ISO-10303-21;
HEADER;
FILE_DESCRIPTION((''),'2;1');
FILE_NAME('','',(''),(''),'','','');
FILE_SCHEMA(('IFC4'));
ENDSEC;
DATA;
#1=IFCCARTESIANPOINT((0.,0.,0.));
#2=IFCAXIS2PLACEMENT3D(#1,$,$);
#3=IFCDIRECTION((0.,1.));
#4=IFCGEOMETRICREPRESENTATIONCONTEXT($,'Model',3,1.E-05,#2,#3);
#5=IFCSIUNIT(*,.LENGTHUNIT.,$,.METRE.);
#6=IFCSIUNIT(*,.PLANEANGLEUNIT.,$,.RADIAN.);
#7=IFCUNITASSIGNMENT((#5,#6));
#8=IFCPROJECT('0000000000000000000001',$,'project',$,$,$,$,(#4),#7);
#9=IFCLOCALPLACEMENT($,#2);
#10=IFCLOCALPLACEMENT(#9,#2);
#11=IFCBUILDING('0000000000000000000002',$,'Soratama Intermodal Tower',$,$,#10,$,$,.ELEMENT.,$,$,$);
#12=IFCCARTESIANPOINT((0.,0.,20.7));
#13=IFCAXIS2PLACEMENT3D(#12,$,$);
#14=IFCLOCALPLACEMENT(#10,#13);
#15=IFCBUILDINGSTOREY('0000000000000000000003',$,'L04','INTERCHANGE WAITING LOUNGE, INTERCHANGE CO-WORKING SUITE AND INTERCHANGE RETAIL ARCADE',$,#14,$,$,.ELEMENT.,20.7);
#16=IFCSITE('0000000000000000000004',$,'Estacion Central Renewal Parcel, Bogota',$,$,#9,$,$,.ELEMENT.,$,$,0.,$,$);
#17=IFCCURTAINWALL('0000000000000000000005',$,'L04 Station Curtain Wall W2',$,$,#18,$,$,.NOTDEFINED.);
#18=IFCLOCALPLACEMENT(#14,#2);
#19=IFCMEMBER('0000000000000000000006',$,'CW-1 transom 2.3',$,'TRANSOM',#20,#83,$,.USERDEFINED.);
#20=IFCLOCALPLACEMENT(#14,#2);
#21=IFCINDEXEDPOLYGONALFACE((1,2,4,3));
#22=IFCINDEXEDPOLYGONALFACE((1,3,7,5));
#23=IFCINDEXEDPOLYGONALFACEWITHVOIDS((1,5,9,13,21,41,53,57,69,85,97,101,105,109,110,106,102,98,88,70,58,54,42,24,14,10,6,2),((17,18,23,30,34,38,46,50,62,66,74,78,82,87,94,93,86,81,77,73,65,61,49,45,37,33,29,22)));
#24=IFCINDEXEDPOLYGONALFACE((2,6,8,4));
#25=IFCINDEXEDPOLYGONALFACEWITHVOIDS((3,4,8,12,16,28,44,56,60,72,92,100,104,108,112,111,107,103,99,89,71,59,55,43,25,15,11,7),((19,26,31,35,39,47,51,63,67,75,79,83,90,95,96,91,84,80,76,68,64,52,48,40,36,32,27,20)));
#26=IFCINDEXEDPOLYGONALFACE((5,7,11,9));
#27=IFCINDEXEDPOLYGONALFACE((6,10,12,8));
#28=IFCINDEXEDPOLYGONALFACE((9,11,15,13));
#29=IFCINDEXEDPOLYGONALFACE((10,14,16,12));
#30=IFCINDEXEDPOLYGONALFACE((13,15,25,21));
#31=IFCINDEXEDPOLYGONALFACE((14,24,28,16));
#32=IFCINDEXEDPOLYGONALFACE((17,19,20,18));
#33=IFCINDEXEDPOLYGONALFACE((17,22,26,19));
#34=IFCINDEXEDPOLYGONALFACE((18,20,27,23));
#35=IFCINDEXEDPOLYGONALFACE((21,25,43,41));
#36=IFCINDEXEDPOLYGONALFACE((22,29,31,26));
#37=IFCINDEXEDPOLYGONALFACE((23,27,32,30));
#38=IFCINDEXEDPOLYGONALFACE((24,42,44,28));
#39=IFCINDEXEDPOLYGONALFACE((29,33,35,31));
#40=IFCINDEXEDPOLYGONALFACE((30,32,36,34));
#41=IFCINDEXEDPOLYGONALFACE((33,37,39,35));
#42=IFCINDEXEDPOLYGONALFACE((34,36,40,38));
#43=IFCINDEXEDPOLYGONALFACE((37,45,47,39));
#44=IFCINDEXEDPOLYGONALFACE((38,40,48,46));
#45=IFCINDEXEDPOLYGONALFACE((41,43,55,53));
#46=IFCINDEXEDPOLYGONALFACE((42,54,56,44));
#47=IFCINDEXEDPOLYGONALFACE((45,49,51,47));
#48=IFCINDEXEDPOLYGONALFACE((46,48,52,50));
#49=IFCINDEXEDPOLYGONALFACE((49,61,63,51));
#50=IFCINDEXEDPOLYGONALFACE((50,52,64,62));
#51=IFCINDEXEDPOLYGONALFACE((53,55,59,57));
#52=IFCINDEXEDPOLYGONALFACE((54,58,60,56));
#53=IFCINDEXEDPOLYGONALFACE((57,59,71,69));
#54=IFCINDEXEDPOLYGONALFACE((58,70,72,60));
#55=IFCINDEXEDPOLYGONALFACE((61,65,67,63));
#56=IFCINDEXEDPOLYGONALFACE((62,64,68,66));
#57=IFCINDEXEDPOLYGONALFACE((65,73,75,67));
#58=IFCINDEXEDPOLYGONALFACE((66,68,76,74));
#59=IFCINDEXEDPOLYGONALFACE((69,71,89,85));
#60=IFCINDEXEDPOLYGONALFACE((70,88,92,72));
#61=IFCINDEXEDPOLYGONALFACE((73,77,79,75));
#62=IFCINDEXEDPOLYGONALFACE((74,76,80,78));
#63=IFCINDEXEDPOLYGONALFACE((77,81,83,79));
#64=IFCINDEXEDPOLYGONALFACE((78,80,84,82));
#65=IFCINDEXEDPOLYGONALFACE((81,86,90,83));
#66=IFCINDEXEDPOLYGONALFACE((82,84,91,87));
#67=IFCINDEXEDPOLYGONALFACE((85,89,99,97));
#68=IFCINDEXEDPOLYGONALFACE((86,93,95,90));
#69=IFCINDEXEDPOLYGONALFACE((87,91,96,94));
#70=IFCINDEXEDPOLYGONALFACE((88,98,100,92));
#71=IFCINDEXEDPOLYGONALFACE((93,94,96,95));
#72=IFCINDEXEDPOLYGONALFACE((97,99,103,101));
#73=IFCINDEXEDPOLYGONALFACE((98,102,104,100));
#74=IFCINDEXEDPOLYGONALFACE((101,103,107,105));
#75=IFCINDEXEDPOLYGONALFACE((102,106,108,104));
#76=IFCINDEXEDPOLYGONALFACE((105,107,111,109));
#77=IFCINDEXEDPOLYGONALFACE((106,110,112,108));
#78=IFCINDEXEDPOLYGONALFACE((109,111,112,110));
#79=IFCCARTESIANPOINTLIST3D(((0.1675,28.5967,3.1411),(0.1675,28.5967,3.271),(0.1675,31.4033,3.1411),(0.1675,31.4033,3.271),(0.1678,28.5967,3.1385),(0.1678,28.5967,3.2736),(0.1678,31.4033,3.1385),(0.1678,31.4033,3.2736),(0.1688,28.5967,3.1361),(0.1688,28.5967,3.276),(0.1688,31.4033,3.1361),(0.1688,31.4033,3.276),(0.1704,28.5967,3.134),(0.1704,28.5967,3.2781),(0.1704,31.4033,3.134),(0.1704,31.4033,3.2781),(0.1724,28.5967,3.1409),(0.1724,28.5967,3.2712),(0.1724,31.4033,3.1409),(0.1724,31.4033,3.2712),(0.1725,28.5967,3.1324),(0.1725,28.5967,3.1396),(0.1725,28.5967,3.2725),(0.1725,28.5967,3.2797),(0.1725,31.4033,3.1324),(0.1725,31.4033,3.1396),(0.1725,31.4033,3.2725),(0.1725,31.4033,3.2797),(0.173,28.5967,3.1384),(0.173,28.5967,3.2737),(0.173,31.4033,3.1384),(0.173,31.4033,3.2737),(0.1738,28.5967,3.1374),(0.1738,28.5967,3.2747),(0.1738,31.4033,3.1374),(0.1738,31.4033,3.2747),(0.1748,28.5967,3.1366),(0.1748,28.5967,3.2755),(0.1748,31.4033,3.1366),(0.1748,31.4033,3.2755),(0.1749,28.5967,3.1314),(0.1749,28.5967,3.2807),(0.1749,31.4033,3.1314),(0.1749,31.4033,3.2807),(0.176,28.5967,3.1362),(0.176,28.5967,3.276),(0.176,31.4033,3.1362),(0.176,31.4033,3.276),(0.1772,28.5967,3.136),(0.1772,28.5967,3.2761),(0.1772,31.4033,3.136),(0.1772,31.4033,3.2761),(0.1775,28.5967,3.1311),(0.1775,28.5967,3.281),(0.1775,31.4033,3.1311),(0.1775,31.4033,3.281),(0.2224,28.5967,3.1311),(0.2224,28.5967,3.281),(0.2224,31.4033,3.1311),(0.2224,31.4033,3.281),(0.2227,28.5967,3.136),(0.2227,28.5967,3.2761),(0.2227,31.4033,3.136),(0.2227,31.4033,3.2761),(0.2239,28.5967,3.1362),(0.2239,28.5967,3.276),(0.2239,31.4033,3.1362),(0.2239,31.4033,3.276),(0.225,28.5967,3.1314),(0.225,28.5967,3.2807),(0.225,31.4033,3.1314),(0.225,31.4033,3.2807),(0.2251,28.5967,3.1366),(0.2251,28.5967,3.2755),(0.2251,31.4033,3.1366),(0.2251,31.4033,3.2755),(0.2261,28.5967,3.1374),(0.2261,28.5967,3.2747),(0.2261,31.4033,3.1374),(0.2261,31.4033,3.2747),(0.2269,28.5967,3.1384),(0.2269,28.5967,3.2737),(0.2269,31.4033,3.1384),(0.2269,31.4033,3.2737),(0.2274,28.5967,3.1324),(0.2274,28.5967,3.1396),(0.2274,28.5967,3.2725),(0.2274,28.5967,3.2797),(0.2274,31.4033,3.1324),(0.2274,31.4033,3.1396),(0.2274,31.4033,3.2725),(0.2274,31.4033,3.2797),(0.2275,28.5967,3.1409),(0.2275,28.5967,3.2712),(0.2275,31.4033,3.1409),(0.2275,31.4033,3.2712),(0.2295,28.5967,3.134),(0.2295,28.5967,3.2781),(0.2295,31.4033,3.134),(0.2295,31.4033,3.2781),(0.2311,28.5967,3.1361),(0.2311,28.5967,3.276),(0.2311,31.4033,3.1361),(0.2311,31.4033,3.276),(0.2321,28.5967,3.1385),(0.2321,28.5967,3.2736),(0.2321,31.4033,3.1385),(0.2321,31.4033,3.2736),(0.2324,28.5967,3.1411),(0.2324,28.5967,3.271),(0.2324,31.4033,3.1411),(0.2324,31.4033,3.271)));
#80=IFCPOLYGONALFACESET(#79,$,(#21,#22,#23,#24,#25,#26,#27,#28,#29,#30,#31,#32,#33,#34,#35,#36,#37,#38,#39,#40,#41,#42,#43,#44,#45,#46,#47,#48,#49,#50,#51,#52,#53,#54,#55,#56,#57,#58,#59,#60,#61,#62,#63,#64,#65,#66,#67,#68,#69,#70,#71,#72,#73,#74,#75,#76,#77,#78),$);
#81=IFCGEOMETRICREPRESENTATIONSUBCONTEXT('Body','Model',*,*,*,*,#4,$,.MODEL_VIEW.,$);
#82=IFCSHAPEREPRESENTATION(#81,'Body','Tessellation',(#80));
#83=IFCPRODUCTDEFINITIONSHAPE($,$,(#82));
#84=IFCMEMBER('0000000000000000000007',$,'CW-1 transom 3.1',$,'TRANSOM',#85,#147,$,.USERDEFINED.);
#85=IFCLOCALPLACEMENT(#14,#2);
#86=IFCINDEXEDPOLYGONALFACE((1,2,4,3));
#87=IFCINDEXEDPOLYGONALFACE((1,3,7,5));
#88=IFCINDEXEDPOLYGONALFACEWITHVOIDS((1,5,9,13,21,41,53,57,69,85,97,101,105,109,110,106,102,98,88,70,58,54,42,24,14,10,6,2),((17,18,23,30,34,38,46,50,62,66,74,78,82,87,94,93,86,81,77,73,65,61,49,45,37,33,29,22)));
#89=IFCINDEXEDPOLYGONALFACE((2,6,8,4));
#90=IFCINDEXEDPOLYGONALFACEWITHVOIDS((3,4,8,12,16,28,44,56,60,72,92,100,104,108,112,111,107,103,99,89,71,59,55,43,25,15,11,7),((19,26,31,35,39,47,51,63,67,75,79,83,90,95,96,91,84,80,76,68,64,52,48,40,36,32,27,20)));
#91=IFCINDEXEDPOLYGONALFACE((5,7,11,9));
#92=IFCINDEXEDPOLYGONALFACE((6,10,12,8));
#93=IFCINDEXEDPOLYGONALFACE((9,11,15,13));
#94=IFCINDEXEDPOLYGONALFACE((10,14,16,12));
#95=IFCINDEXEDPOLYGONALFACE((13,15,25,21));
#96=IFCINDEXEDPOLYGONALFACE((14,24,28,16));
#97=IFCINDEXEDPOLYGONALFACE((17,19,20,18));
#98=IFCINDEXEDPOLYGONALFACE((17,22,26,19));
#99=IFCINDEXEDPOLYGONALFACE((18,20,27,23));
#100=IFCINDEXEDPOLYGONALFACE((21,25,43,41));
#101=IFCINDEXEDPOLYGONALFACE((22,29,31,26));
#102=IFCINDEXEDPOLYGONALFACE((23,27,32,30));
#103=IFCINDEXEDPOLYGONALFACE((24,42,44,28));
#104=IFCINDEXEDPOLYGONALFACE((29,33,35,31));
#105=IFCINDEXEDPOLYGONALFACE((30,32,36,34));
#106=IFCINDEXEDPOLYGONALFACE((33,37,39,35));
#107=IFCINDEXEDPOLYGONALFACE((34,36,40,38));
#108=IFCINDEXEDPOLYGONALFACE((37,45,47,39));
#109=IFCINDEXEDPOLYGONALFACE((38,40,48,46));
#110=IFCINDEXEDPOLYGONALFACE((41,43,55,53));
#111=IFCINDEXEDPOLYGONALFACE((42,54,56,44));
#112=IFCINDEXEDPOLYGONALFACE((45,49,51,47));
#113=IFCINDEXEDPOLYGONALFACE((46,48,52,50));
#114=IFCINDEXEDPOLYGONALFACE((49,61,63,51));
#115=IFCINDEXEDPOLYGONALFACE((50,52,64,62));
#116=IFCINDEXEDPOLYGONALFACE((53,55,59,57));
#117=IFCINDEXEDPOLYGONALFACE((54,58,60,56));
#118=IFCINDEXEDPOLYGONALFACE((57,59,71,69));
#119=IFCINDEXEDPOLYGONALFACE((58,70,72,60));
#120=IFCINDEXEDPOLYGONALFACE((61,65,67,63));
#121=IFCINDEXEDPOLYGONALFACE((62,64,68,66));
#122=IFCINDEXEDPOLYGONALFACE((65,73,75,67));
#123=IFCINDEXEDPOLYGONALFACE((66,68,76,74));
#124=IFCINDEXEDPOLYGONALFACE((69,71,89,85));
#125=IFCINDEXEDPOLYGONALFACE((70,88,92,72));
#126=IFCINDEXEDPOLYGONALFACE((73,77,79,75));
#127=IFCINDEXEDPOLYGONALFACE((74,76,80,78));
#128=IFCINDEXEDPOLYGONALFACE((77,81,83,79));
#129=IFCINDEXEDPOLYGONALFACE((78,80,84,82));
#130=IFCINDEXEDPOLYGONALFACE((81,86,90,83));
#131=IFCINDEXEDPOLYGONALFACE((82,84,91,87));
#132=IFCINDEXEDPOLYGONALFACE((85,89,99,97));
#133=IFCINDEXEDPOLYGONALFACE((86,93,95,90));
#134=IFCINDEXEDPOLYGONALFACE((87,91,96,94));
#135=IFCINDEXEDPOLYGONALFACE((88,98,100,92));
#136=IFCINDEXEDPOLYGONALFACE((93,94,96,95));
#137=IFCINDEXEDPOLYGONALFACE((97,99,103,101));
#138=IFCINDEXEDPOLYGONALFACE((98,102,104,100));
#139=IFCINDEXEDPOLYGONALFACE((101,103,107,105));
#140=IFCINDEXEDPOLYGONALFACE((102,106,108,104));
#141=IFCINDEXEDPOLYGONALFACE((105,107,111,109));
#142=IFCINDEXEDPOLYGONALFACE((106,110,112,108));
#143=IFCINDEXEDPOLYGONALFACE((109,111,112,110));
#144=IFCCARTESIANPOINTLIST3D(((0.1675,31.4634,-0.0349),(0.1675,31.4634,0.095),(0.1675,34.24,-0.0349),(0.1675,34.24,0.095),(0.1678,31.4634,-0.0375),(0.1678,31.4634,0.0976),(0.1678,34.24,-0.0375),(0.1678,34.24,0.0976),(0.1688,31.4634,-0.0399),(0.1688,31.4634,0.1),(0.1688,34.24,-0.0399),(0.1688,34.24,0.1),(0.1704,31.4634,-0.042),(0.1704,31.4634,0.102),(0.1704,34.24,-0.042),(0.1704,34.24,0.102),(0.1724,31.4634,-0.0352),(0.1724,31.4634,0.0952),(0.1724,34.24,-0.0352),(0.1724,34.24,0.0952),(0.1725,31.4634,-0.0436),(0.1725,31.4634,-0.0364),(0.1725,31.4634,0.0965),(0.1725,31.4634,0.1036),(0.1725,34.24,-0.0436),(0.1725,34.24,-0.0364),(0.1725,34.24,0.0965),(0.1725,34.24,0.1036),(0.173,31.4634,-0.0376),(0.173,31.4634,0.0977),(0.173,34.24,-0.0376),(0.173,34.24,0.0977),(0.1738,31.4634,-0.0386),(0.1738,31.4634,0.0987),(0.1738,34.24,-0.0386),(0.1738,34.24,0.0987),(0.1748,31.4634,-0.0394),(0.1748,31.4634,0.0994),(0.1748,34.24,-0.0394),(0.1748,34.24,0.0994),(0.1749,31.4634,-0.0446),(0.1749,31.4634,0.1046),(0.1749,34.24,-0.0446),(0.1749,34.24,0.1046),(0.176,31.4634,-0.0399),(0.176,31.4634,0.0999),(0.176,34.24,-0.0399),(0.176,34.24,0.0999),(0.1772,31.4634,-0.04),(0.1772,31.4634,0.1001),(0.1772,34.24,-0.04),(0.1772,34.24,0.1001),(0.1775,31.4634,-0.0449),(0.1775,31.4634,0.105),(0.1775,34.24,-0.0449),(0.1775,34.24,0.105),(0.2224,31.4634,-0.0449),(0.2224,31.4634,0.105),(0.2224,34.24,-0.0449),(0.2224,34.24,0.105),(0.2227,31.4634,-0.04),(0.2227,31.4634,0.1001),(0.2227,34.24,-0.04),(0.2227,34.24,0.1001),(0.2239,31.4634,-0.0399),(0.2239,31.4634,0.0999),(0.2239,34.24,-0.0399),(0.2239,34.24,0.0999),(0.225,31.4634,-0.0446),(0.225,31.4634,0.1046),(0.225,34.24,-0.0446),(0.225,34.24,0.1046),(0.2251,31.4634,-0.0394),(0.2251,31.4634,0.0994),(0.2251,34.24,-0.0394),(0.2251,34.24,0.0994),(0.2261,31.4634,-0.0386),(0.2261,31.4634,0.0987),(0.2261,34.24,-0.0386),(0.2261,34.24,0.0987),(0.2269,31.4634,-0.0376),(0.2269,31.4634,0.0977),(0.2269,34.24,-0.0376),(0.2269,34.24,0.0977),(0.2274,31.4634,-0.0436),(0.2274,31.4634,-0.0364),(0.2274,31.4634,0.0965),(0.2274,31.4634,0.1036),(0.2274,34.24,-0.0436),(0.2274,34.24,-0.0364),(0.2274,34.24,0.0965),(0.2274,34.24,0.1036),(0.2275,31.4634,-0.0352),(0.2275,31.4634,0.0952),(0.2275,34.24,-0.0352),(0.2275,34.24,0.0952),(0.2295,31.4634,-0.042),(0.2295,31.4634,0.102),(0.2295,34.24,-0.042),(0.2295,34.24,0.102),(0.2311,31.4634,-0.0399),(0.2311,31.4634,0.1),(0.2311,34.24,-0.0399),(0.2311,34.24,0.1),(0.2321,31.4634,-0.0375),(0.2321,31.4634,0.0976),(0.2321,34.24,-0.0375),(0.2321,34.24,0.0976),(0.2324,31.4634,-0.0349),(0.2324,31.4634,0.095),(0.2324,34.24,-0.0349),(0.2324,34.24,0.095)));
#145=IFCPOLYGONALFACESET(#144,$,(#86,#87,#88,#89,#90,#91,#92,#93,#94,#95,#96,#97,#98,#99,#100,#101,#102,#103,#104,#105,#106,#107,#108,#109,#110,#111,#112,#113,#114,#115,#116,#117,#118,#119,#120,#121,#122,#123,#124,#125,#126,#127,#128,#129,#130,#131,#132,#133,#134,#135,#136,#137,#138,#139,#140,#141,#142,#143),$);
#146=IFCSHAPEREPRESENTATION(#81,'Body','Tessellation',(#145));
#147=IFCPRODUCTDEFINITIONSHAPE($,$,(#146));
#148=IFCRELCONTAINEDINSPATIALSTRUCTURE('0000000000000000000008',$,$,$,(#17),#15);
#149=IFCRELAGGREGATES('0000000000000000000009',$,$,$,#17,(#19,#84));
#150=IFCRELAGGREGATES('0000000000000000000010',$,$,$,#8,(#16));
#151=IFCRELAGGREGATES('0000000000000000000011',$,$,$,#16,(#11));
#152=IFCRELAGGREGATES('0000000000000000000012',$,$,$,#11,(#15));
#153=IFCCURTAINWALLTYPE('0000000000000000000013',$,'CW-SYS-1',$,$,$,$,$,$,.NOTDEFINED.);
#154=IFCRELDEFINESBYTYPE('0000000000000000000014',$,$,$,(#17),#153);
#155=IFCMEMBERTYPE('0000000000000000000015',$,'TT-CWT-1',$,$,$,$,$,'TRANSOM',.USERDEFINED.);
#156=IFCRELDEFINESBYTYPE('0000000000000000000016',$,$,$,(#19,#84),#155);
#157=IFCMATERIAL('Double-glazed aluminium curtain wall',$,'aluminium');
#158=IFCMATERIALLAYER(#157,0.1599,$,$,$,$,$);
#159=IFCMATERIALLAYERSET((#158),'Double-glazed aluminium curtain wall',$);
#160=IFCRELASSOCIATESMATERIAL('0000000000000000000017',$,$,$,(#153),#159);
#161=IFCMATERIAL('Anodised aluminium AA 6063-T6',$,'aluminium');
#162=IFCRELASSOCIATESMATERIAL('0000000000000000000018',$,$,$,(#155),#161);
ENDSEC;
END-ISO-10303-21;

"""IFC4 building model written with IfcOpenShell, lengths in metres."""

from ifc_helpers import new_model, si_unit, direction, frame, origin, origin_2d, place, context, subcontext, project, spatial, hollow_rectangle, extrude, material, layer, layer_set, material_profile, profile_set, type_object, element, aggregate, save


model = new_model("IFC4")

# Units and contexts
model_context = context("Model", 3, precision=1e-05, world=origin(), true_north=direction((0.0, 1.0)))
body_context = subcontext(model_context, "Body", "Model", "MODEL_VIEW")
ifc_project = project(units=[si_unit("LENGTHUNIT", "METRE"), si_unit("PLANEANGLEUNIT", "RADIAN")], contexts=[model_context])

# Site, building, storey
site_placement = place(None, origin())
site = spatial("IfcSite", under=ifc_project, at=site_placement, Name="Estacion Central Renewal Parcel, Bogota", CompositionType="ELEMENT", RefElevation=0.0)
building_placement = place(site_placement, origin())
building = spatial("IfcBuilding", under=site, at=building_placement, Name="Soratama Intermodal Tower", CompositionType="ELEMENT")
storey_placement = place(building_placement, frame((0.0, 0.0, 20.7)))
storey = spatial("IfcBuildingStorey", under=building, at=storey_placement, Name="L04", Description="INTERCHANGE WAITING LOUNGE, INTERCHANGE CO-WORKING SUITE AND INTERCHANGE RETAIL ARCADE", CompositionType="ELEMENT", Elevation=20.7)

# Curtain wall, members
ifc_material_1 = material(Name="Double-glazed aluminium curtain wall", Category="aluminium")
ifc_layer_1 = layer(ifc_material_1, 0.1599)
ifc_layer_set_1 = layer_set([ifc_layer_1], Name="Double-glazed aluminium curtain wall")
curtain_wall_type = type_object("IfcCurtainWallType", Name="CW-SYS-1", PredefinedType="NOTDEFINED", material=ifc_layer_set_1)
curtain_wall_placement = place(storey_placement, origin())
curtain_wall = element("IfcCurtainWall", 1, at=curtain_wall_placement, inside=storey, type_object=curtain_wall_type, Name="L04 Station Curtain Wall W2", PredefinedType="NOTDEFINED")
ifc_material_2 = material(Name="Anodised aluminium AA 6063-T6", Category="aluminium")
ifc_material_profile_1 = material_profile(ifc_material_2, hollow_rectangle(XDim=0.0649, YDim=0.1499, WallThickness=0.0049, InnerFilletRadius=0.0049, OuterFilletRadius=0.01, at=origin_2d()), Name="CWT150X65X5")
ifc_profile_set_1 = profile_set([ifc_material_profile_1], Name="Anodised aluminium AA 6063-T6")
member_type_1 = type_object("IfcMemberType", Name="TT-CWT-1", ElementType="TRANSOM", PredefinedType="USERDEFINED", material=ifc_profile_set_1)
member_1_placement = place(storey_placement, frame((0.2, 28.5967, 3.2061), z_axis=(0.0, 1.0, 0.0), x_axis=(-1.0, 0.0, 0.0)))
member_1 = element("IfcMember", 2, at=member_1_placement, type_object=member_type_1, Name="CW-1 transom 2.3", ObjectType="TRANSOM", PredefinedType="USERDEFINED", context=body_context, shape_type="SweptSolid", body=[
    extrude(hollow_rectangle(XDim=0.0649, YDim=0.1499, WallThickness=0.0049, InnerFilletRadius=0.0049, OuterFilletRadius=0.01, at=origin_2d()), origin(), (0.0, 0.0, 1.0), 2.8066),
])
member_2_placement = place(storey_placement, frame((0.2, 31.4634, 0.03), z_axis=(0.0, 1.0, 0.0), x_axis=(-1.0, 0.0, 0.0)))
member_2 = element("IfcMember", 3, at=member_2_placement, type_object=member_type_1, Name="CW-1 transom 3.1", ObjectType="TRANSOM", PredefinedType="USERDEFINED", context=body_context, shape_type="SweptSolid", body=[
    extrude(hollow_rectangle(XDim=0.0649, YDim=0.1499, WallThickness=0.0049, InnerFilletRadius=0.0049, OuterFilletRadius=0.01, at=origin_2d()), origin(), (0.0, 0.0, 1.0), 2.7766),
])
aggregate(curtain_wall, [member_1, member_2])

save(model, "model.ifc")
